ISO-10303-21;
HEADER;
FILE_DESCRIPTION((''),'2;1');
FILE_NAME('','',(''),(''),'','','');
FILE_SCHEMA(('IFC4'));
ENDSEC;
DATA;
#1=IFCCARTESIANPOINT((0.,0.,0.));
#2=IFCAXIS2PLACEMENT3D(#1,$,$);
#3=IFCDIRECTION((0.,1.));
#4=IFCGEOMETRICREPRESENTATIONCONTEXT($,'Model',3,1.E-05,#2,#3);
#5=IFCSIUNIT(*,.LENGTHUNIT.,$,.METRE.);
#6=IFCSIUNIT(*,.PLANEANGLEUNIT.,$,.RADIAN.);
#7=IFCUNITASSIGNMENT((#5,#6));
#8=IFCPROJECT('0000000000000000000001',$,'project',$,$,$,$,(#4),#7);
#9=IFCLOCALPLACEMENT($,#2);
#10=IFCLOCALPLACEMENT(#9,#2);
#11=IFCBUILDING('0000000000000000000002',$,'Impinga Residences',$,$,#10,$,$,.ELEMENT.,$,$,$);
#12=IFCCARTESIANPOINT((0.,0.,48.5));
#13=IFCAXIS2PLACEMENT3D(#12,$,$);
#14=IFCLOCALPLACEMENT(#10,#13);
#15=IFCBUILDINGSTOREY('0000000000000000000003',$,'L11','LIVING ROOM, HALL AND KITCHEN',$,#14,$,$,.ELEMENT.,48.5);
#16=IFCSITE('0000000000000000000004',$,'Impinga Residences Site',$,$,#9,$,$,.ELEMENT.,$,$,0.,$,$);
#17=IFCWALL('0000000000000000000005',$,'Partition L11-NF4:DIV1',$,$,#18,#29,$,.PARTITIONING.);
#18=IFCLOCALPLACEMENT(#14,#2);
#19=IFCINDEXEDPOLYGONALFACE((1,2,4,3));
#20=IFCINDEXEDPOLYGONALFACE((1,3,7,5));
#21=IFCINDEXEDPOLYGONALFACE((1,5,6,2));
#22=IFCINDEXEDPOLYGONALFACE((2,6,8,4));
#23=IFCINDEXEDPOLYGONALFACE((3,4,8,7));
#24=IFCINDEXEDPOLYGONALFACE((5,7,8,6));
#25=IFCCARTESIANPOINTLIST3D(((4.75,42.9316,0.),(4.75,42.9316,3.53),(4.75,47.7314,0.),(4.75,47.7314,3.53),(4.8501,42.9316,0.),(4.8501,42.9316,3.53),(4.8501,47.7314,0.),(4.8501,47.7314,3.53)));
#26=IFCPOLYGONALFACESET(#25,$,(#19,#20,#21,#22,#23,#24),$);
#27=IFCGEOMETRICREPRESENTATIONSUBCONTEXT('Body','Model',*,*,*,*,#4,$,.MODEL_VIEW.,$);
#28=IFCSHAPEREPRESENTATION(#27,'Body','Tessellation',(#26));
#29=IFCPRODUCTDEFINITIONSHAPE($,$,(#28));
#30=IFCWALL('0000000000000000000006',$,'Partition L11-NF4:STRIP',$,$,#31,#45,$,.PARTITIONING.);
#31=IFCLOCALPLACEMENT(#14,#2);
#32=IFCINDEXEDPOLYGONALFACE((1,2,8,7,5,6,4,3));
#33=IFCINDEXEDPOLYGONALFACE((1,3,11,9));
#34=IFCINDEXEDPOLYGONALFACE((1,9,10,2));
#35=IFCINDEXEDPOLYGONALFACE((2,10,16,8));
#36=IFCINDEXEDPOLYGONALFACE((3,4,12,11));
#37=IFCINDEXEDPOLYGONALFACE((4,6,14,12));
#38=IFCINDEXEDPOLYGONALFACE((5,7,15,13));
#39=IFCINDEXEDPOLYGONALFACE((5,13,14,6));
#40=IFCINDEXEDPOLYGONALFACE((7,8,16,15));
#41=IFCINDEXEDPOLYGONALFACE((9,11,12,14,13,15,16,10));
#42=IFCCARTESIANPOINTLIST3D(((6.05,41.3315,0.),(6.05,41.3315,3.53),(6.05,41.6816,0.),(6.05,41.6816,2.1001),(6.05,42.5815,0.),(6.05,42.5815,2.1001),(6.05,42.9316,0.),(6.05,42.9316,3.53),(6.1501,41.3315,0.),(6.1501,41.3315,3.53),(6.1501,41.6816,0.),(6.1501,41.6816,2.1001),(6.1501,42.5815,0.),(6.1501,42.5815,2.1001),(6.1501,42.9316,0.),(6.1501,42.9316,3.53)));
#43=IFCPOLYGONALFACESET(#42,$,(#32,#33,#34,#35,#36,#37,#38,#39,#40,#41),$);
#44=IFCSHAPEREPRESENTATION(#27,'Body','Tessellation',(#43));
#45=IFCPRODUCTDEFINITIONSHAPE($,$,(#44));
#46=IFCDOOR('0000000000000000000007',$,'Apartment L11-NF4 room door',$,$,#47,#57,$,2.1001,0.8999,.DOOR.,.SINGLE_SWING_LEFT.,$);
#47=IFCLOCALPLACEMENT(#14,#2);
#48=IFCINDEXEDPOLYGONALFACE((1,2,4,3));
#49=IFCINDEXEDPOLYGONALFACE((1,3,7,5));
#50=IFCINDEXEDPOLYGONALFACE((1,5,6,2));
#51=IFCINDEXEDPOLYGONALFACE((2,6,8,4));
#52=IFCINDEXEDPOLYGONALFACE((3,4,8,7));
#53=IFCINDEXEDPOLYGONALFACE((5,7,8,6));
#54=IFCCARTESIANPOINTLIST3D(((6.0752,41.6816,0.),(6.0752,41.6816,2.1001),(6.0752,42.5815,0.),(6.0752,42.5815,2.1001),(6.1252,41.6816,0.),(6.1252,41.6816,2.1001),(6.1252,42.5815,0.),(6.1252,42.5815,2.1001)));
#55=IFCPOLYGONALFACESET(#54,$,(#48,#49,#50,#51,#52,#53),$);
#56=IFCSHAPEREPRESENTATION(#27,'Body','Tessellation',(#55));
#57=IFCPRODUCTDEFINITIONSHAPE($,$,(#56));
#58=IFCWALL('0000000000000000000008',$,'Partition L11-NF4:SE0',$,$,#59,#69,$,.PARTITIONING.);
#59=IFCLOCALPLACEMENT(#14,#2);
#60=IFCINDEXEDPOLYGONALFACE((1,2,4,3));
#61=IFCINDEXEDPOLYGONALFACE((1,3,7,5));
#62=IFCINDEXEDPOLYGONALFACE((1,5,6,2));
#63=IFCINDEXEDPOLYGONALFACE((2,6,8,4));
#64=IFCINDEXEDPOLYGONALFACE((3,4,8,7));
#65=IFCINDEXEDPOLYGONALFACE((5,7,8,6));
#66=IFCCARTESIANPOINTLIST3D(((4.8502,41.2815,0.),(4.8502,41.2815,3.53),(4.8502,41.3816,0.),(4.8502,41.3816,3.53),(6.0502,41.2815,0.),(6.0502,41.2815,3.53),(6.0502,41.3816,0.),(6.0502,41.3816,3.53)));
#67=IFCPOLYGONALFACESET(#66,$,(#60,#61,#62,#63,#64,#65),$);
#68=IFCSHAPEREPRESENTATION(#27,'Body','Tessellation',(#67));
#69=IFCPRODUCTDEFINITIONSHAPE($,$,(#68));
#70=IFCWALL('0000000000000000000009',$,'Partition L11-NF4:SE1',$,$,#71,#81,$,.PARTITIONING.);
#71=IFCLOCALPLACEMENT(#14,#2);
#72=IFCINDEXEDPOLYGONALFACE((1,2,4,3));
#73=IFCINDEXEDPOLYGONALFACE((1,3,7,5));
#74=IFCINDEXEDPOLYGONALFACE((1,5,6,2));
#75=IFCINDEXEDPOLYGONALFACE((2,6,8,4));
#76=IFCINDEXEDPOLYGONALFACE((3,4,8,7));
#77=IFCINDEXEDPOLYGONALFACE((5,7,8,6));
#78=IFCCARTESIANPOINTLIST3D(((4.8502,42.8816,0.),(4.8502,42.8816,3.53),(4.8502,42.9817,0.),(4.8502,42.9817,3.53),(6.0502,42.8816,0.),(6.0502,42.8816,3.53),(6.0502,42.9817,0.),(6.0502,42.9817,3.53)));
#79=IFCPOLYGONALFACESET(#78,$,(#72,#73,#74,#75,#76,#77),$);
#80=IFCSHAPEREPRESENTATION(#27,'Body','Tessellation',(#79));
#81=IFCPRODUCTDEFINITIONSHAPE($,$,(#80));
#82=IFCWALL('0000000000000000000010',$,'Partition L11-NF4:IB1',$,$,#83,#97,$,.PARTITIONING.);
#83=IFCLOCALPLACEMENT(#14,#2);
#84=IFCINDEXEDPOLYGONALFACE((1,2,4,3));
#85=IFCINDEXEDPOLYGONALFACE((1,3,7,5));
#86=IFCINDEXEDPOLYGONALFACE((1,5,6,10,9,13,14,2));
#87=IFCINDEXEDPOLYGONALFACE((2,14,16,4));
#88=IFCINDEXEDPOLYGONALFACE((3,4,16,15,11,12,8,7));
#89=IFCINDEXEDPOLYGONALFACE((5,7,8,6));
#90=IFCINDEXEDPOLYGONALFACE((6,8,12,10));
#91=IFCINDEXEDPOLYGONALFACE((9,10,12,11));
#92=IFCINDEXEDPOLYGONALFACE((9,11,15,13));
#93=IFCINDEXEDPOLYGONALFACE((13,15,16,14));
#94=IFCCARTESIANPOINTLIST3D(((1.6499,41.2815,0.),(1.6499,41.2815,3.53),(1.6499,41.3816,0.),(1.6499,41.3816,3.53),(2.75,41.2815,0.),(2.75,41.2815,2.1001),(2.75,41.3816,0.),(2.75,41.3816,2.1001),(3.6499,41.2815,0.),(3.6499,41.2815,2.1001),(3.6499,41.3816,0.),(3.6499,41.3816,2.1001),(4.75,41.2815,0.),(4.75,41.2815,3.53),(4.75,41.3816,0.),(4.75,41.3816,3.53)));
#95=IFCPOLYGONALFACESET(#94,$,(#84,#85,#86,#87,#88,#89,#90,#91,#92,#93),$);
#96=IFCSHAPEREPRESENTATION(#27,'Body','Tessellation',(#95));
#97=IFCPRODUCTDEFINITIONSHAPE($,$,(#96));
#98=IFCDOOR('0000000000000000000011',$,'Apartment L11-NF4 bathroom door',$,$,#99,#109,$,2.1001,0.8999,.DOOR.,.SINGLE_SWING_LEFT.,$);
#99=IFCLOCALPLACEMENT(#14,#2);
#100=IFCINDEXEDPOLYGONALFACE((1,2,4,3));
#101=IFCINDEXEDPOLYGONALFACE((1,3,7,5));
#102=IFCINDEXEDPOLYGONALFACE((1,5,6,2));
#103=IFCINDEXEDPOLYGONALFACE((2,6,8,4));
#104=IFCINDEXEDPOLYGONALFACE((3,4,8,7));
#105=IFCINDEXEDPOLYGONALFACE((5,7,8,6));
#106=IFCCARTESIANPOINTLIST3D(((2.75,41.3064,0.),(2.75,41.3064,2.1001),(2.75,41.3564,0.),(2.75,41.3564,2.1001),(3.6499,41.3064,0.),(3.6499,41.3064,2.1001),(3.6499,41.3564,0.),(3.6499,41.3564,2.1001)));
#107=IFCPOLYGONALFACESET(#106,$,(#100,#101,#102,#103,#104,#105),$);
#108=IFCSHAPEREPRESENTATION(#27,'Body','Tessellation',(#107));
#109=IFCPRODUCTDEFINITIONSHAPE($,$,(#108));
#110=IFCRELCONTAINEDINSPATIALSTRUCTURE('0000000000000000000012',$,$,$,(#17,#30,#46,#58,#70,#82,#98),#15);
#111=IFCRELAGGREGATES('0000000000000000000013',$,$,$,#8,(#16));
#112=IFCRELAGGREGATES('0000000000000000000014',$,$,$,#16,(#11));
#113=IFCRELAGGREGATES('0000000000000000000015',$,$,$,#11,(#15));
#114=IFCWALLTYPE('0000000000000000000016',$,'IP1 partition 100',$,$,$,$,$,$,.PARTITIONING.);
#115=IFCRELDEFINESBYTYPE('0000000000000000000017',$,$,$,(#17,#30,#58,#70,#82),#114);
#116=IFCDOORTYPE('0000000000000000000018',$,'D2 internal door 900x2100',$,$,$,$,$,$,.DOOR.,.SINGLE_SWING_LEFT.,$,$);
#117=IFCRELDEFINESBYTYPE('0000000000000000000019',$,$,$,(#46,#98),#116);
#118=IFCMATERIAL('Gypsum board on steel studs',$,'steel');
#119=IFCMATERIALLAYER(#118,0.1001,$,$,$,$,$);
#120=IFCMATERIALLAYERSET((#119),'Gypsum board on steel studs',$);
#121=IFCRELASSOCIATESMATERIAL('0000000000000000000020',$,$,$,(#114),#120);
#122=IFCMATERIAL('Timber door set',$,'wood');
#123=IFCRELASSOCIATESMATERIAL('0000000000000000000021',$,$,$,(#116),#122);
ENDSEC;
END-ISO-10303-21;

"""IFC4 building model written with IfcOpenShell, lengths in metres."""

from ifc_helpers import new_model, si_unit, direction, frame, frame_2d, origin, place, context, subcontext, project, spatial, rectangle, extrude, material, layer, layer_set, type_object, element, fill, save


model = new_model("IFC4")

# Units and contexts
model_context = context("Model", 3, precision=1e-05, world=origin(), true_north=direction((0.0, 1.0)))
body_context = subcontext(model_context, "Body", "Model", "MODEL_VIEW")
ifc_project = project(units=[si_unit("LENGTHUNIT", "METRE"), si_unit("PLANEANGLEUNIT", "RADIAN")], contexts=[model_context])

# Site, building, storey
site_placement = place(None, origin())
site = spatial("IfcSite", under=ifc_project, at=site_placement, Name="Impinga Residences Site", CompositionType="ELEMENT", RefElevation=0.0)
building_placement = place(site_placement, origin())
building = spatial("IfcBuilding", under=site, at=building_placement, Name="Impinga Residences", CompositionType="ELEMENT")
storey_placement = place(building_placement, frame((0.0, 0.0, 48.5)))
storey = spatial("IfcBuildingStorey", under=building, at=storey_placement, Name="L11", Description="LIVING ROOM, HALL AND KITCHEN", CompositionType="ELEMENT", Elevation=48.5)

# Wall
ifc_material_1 = material(Name="Gypsum board on steel studs", Category="steel")
ifc_layer_1 = layer(ifc_material_1, 0.1001)
ifc_layer_set_1 = layer_set([ifc_layer_1], Name="Gypsum board on steel studs")
wall_type_1 = type_object("IfcWallType", Name="IP1 partition 100", PredefinedType="PARTITIONING", material=ifc_layer_set_1)
wall_1_placement = place(storey_placement, frame((4.8, 42.9316, 0.0), z_axis=(0.0, 0.0, 1.0), x_axis=(0.0, 1.0, 0.0)))
element("IfcWall", 1, at=wall_1_placement, inside=storey, type_object=wall_type_1, Name="Partition L11-NF4:DIV1", PredefinedType="PARTITIONING", context=body_context, shape_type="SweptSolid", body=[
    extrude(rectangle(XDim=4.7998, YDim=0.1001, at=frame_2d((2.3999, 0.0))), origin(), (0.0, 0.0, 1.0), 3.53),
])

# Wall, opening, door
wall_2_placement = place(storey_placement, frame((6.1001, 41.3315, 0.0), z_axis=(0.0, 0.0, 1.0), x_axis=(0.0, 1.0, 0.0)))
wall_2 = element("IfcWall", 2, at=wall_2_placement, inside=storey, type_object=wall_type_1, Name="Partition L11-NF4:STRIP", PredefinedType="PARTITIONING", context=body_context, shape_type="SweptSolid", body=[
    extrude(rectangle(XDim=1.6001, YDim=0.1001, at=frame_2d((0.8, 0.0))), origin(), (0.0, 0.0, 1.0), 3.53),
])
opening_1_placement = place(wall_2_placement, frame((0.3501, 0.0, 0.0)))
opening_1 = element("IfcOpeningElement", 3, at=opening_1_placement, cuts=wall_2, PredefinedType="OPENING", context=body_context, shape_type="SweptSolid", body=[
    extrude(rectangle(XDim=0.8999, YDim=2.1001, at=frame_2d((0.45, 1.05))), frame((0.0, 0.0601, 0.0), z_axis=(0.0, -1.0, 0.0), x_axis=(1.0, 0.0, 0.0)), (0.0, 0.0, 1.0), 0.1201),
])
ifc_material_2 = material(Name="Timber door set", Category="wood")
door_type = type_object("IfcDoorType", Name="D2 internal door 900x2100", OperationType="SINGLE_SWING_LEFT", PredefinedType="DOOR", material=ifc_material_2)
door_1_placement = place(opening_1_placement, origin())
door_1 = element("IfcDoor", 4, at=door_1_placement, inside=storey, type_object=door_type, Name="Apartment L11-NF4 room door", OperationType="SINGLE_SWING_LEFT", OverallHeight=2.1001, OverallWidth=0.8999, PredefinedType="DOOR", context=body_context, shape_type="SweptSolid", body=[
    extrude(rectangle(XDim=0.8999, YDim=2.1001, at=frame_2d((0.45, 1.05))), frame((0.0, 0.0249, 0.0), z_axis=(0.0, -1.0, 0.0), x_axis=(1.0, 0.0, 0.0)), (0.0, 0.0, 1.0), 0.05),
])
fill(opening_1, door_1)

# Walls
for number, where, z_axis, x_axis, name in (
    (5, (4.8501, 41.3315, 0.0), (0.0, 0.0, 1.0), (1.0, 0.0, 0.0), "Partition L11-NF4:SE0"),
    (6, (4.8501, 42.9316, 0.0), (0.0, 0.0, 1.0), (1.0, 0.0, 0.0), "Partition L11-NF4:SE1"),
):
    element("IfcWall", number, at=place(storey_placement, frame(where, z_axis=z_axis, x_axis=x_axis)), inside=storey, type_object=wall_type_1, Name=name, PredefinedType="PARTITIONING", context=body_context, shape_type="SweptSolid", body=[
        extrude(rectangle(XDim=1.2, YDim=0.1001, at=frame_2d((0.6001, 0.0))), origin(), (0.0, 0.0, 1.0), 3.53),
    ])

# Wall, opening, door
wall_3_placement = place(storey_placement, frame((1.6499, 41.3315, 0.0), z_axis=(0.0, 0.0, 1.0), x_axis=(1.0, 0.0, 0.0)))
wall_3 = element("IfcWall", 7, at=wall_3_placement, inside=storey, type_object=wall_type_1, Name="Partition L11-NF4:IB1", PredefinedType="PARTITIONING", context=body_context, shape_type="SweptSolid", body=[
    extrude(rectangle(XDim=3.1001, YDim=0.1001, at=frame_2d((1.55, 0.0))), origin(), (0.0, 0.0, 1.0), 3.53),
])
opening_2_placement = place(wall_3_placement, frame((1.1001, 0.0, 0.0)))
opening_2 = element("IfcOpeningElement", 8, at=opening_2_placement, cuts=wall_3, PredefinedType="OPENING", context=body_context, shape_type="SweptSolid", body=[
    extrude(rectangle(XDim=0.8999, YDim=2.1001, at=frame_2d((0.45, 1.05))), frame((0.0, 0.0601, 0.0), z_axis=(0.0, -1.0, 0.0), x_axis=(1.0, 0.0, 0.0)), (0.0, 0.0, 1.0), 0.1201),
])
door_2_placement = place(opening_2_placement, origin())
door_2 = element("IfcDoor", 9, at=door_2_placement, inside=storey, type_object=door_type, Name="Apartment L11-NF4 bathroom door", OperationType="SINGLE_SWING_LEFT", OverallHeight=2.1001, OverallWidth=0.8999, PredefinedType="DOOR", context=body_context, shape_type="SweptSolid", body=[
    extrude(rectangle(XDim=0.8999, YDim=2.1001, at=frame_2d((0.45, 1.05))), frame((0.0, 0.0249, 0.0), z_axis=(0.0, -1.0, 0.0), x_axis=(1.0, 0.0, 0.0)), (0.0, 0.0, 1.0), 0.05),
])
fill(opening_2, door_2)

save(model, "model.ifc")
